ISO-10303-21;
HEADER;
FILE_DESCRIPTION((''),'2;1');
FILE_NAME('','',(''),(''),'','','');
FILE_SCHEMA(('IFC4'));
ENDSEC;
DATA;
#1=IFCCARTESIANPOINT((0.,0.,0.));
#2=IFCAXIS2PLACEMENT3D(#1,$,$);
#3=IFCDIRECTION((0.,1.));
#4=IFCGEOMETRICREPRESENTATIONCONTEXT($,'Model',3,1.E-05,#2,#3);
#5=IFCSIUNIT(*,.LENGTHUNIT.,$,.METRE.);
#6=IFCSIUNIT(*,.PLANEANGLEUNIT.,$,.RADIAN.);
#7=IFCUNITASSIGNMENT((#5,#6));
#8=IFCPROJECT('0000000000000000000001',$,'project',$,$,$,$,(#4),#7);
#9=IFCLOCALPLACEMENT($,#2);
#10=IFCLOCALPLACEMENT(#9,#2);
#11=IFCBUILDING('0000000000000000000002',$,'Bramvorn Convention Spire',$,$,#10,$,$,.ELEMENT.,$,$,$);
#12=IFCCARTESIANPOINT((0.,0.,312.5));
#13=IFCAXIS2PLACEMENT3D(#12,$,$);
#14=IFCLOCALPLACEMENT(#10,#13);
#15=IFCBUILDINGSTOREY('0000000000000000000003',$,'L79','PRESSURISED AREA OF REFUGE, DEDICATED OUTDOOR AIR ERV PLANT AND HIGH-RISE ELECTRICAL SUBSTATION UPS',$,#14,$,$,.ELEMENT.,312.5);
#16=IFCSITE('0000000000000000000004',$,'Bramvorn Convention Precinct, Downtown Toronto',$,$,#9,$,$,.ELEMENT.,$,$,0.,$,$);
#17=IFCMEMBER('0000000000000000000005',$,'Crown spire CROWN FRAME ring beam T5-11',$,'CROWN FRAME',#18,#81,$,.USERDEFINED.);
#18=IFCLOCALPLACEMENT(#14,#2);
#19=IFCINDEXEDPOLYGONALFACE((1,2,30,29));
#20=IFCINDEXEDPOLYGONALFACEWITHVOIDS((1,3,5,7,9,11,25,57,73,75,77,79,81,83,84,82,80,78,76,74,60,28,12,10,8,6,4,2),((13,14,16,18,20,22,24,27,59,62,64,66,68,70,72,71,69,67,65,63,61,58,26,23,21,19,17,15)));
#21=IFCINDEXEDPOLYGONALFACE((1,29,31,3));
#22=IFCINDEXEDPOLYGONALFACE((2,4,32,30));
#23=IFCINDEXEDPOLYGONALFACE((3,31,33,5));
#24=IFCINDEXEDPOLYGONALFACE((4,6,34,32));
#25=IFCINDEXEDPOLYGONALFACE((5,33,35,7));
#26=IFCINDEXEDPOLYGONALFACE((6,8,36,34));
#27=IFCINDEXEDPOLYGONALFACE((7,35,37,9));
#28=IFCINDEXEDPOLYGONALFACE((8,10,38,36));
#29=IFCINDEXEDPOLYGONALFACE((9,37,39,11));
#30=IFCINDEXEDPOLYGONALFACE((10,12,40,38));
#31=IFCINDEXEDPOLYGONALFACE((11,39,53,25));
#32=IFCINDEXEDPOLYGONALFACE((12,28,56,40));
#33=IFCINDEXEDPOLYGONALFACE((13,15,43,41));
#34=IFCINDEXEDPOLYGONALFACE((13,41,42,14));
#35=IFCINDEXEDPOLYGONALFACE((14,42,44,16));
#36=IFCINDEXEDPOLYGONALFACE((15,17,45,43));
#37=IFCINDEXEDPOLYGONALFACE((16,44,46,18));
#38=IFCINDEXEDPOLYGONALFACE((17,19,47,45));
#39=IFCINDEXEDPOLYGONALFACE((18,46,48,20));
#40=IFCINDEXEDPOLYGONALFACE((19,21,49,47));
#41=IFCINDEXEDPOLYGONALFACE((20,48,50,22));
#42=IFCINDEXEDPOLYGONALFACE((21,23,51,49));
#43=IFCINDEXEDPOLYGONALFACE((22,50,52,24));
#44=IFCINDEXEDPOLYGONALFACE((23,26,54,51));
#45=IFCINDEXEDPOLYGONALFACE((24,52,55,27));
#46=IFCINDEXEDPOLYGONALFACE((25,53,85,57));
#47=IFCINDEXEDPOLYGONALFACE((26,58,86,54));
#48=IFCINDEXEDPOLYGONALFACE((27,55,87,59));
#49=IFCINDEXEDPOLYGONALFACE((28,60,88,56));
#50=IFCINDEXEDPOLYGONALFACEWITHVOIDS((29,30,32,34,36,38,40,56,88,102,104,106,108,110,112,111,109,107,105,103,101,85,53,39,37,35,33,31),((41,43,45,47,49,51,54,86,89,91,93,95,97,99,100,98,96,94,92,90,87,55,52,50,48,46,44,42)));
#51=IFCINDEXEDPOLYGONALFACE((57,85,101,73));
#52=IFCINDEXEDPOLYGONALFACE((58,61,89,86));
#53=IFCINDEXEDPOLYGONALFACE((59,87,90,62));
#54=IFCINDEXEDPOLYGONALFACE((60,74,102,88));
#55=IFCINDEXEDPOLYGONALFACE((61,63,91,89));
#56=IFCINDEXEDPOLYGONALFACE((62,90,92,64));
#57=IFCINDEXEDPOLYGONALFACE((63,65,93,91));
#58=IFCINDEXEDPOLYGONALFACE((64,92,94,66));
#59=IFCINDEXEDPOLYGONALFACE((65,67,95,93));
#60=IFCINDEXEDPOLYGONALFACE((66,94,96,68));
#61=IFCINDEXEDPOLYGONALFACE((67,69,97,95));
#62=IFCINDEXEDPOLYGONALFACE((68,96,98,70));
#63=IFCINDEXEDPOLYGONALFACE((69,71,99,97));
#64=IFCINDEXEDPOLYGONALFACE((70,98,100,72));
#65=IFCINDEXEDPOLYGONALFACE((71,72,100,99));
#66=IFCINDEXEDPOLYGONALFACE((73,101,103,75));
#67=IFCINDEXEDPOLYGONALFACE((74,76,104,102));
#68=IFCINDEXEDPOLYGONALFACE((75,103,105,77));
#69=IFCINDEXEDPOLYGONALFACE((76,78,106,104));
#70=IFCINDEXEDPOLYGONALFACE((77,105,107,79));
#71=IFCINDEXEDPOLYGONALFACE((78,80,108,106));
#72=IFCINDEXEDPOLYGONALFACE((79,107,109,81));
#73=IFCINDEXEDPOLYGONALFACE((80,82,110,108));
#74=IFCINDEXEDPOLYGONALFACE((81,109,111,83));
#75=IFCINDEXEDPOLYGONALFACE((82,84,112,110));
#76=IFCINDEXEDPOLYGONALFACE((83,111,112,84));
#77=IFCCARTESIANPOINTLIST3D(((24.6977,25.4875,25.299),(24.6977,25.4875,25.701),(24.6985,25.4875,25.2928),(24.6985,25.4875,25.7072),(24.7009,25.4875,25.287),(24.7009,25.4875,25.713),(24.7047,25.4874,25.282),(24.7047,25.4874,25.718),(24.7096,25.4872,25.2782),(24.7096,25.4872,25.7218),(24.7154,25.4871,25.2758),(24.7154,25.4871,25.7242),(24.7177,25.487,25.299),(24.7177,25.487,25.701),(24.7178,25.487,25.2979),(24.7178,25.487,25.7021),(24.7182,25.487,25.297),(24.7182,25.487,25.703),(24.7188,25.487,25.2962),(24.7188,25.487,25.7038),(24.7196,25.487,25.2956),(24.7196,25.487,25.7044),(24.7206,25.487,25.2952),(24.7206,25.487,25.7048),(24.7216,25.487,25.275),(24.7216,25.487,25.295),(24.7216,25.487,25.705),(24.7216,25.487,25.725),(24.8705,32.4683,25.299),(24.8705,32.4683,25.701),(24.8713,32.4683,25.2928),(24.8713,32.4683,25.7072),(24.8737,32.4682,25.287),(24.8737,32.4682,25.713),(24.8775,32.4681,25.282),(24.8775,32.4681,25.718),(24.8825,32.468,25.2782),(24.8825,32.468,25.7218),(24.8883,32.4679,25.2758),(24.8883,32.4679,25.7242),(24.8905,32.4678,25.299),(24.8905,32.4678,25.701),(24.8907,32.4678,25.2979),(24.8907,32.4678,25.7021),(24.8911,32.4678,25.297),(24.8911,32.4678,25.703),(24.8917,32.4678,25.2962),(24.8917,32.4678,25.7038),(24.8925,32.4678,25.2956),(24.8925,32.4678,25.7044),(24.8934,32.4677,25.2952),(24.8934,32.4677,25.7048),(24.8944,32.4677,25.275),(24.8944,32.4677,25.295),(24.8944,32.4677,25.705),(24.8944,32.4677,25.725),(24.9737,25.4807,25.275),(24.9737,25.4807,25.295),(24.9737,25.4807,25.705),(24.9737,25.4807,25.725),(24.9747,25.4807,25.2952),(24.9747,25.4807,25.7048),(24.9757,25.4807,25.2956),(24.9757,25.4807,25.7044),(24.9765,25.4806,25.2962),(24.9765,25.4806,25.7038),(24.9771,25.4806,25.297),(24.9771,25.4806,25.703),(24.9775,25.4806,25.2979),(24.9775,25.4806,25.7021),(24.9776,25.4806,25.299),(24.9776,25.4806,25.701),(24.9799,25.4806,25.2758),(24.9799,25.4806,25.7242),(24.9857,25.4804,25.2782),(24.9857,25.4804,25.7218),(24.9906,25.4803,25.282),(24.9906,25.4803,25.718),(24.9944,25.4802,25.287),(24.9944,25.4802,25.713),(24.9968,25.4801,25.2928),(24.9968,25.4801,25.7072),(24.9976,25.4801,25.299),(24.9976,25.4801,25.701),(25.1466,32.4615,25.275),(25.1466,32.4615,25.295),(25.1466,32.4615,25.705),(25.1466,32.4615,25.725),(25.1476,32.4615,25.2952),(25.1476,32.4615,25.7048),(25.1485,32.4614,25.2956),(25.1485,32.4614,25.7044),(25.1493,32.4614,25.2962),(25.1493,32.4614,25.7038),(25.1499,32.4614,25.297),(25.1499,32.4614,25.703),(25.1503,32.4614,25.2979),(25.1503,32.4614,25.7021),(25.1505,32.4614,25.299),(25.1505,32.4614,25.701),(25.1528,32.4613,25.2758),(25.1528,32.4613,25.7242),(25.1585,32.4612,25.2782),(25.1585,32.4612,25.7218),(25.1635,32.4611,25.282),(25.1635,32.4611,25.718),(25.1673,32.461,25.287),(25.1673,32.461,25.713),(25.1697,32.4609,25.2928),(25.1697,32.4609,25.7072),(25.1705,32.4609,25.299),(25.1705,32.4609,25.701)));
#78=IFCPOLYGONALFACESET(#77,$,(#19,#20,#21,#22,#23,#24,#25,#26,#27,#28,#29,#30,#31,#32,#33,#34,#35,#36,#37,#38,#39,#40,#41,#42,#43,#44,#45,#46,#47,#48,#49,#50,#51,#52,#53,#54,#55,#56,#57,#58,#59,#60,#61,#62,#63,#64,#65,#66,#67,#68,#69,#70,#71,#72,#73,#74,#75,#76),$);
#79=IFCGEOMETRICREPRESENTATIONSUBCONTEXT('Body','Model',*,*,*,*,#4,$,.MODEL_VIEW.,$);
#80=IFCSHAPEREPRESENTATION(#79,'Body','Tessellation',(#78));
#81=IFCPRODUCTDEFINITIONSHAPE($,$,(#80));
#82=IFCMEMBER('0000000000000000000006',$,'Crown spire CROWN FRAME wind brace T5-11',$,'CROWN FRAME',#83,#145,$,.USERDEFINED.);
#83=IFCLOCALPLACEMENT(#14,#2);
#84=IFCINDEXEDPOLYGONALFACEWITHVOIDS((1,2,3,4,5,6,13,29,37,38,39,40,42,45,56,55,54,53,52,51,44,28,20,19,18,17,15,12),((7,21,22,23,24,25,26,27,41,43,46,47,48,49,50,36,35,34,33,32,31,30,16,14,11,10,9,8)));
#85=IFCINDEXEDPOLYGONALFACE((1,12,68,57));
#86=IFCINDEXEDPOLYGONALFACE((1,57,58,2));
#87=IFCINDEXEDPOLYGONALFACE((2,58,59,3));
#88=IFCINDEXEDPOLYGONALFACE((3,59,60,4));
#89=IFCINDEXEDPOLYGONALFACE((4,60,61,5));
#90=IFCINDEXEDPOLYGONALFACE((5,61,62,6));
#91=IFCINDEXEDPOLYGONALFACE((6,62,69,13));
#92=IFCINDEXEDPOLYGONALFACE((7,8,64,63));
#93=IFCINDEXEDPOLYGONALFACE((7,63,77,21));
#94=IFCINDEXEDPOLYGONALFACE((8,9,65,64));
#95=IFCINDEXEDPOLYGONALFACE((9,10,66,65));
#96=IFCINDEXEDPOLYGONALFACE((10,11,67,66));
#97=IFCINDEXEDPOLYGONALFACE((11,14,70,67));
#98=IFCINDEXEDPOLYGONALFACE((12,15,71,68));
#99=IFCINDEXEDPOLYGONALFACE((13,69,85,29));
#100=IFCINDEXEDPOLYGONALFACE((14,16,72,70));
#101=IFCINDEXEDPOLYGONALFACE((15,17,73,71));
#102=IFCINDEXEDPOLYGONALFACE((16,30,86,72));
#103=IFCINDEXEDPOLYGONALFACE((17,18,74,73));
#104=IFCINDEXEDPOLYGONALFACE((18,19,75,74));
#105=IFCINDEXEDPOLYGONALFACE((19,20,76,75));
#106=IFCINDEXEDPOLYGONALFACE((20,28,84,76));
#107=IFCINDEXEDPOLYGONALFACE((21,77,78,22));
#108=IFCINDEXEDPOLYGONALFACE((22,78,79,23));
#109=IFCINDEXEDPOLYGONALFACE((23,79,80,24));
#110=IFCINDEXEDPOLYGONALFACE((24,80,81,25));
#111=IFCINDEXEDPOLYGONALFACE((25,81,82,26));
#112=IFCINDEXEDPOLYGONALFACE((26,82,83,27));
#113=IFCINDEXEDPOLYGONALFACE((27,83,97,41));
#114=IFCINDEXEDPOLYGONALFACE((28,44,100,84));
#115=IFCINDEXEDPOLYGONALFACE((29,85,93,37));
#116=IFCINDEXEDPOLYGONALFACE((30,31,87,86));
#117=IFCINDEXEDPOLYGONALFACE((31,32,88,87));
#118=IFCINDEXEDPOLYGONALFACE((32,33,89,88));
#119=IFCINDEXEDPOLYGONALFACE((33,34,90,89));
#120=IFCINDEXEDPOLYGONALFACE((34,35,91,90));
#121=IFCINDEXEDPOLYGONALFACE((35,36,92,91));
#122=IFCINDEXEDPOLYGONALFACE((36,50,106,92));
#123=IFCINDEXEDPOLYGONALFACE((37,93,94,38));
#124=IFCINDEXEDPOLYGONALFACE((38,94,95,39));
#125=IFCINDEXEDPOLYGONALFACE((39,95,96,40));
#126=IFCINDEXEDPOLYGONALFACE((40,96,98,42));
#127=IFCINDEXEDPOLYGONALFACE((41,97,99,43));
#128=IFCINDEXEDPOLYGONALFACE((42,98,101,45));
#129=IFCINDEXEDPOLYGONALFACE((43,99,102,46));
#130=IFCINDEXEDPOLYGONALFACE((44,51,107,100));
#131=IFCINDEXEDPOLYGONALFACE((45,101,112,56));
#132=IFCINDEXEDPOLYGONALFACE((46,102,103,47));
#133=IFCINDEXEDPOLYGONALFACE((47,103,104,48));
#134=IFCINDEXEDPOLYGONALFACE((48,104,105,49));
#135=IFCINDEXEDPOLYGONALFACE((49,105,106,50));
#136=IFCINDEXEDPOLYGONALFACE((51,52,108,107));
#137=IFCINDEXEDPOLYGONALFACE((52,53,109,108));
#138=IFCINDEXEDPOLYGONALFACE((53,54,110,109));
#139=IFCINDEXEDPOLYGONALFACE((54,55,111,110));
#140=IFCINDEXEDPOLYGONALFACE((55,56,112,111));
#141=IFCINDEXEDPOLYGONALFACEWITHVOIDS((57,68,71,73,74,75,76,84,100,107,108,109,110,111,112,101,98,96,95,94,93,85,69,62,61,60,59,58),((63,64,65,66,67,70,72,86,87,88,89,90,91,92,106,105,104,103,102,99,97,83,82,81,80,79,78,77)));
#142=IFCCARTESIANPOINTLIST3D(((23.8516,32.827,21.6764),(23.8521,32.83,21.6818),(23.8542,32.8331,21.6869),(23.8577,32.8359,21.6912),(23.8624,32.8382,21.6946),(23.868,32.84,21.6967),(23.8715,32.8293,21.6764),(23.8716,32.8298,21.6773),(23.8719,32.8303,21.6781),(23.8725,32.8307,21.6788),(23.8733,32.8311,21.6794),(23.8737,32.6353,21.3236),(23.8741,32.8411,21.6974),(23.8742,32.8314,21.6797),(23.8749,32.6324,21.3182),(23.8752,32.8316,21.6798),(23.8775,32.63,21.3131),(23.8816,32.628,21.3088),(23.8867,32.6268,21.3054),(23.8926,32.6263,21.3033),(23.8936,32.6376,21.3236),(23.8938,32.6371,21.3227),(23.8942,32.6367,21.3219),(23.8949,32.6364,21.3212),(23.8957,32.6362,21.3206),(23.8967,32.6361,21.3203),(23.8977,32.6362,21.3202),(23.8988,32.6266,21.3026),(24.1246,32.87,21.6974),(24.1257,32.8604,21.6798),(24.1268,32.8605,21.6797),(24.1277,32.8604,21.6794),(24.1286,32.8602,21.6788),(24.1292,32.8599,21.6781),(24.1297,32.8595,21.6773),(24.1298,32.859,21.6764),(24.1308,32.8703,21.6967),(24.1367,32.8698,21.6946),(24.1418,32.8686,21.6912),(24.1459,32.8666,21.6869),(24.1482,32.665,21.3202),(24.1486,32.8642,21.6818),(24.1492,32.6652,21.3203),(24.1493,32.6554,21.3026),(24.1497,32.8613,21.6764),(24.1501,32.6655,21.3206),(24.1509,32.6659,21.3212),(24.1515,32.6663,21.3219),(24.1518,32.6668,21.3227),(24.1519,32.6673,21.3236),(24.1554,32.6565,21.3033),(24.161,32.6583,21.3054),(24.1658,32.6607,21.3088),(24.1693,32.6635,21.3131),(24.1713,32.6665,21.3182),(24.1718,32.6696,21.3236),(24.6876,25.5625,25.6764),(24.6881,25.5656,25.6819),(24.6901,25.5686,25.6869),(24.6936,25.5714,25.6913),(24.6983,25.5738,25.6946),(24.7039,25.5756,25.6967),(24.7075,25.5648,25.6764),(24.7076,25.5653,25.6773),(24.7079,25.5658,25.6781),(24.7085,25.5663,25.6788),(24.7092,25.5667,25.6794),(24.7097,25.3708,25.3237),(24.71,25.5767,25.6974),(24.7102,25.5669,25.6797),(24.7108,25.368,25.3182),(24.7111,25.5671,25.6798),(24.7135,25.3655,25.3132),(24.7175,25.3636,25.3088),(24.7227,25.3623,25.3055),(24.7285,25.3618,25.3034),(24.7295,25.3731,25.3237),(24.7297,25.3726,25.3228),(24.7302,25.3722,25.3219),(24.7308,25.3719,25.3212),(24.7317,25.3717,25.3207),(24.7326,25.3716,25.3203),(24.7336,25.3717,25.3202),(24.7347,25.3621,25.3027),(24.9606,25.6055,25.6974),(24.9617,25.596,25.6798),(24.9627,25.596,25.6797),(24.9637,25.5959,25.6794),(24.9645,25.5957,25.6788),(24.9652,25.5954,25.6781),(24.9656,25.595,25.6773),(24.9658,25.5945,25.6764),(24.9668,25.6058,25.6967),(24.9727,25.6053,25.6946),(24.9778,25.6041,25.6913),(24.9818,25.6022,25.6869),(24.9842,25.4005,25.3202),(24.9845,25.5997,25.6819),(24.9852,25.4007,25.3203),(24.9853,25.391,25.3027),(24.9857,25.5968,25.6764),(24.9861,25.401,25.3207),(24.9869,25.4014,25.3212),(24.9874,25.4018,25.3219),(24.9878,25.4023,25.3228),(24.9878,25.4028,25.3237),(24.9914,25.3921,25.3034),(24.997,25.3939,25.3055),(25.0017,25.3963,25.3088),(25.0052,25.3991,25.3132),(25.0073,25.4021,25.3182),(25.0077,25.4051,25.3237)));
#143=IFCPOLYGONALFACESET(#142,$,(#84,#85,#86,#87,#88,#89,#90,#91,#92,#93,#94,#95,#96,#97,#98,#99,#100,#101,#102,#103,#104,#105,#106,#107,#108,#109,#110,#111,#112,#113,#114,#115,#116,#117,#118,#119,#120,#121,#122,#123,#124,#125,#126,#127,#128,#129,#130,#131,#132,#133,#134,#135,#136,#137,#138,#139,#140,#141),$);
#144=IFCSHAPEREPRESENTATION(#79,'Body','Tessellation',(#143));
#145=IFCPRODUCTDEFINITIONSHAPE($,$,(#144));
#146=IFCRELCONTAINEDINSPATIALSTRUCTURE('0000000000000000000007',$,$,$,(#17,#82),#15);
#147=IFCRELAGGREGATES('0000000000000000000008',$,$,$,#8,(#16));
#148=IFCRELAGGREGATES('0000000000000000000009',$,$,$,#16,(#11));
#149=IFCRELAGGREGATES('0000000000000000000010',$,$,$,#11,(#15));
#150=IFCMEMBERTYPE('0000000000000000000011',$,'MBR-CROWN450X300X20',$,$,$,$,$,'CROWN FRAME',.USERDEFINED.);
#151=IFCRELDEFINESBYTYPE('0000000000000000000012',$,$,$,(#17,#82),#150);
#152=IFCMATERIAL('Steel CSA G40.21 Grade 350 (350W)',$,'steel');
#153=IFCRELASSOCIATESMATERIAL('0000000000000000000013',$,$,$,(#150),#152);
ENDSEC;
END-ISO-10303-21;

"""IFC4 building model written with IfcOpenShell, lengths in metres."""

from ifc_helpers import new_model, si_unit, direction, frame, origin, origin_2d, place, context, subcontext, project, spatial, hollow_rectangle, extrude, material, material_profile, profile_set, type_object, element, save


model = new_model("IFC4")

# Units and contexts
model_context = context("Model", 3, precision=1e-05, world=origin(), true_north=direction((0.0, 1.0)))
body_context = subcontext(model_context, "Body", "Model", "MODEL_VIEW")
ifc_project = project(units=[si_unit("LENGTHUNIT", "METRE"), si_unit("PLANEANGLEUNIT", "RADIAN")], contexts=[model_context])

# Site, building, storey
site_placement = place(None, origin())
site = spatial("IfcSite", under=ifc_project, at=site_placement, Name="Bramvorn Convention Precinct, Downtown Toronto", CompositionType="ELEMENT", RefElevation=0.0)
building_placement = place(site_placement, origin())
building = spatial("IfcBuilding", under=site, at=building_placement, Name="Bramvorn Convention Spire", CompositionType="ELEMENT")
storey_placement = place(building_placement, frame((0.0, 0.0, 312.5)))
storey = spatial("IfcBuildingStorey", under=building, at=storey_placement, Name="L79", Description="PRESSURISED AREA OF REFUGE, DEDICATED OUTDOOR AIR ERV PLANT AND HIGH-RISE ELECTRICAL SUBSTATION UPS", CompositionType="ELEMENT", Elevation=312.5)

# Members
ifc_material_1 = material(Name="Steel CSA G40.21 Grade 350 (350W)", Category="steel")
ifc_material_profile = material_profile(ifc_material_1, hollow_rectangle(XDim=0.3, YDim=0.45, WallThickness=0.02, InnerFilletRadius=0.0039, OuterFilletRadius=0.0239, at=origin_2d()))
ifc_profile_set = profile_set([ifc_material_profile], Name="Steel CSA G40.21 Grade 350 (350W) - CROWN450X300X20")
member_type = type_object("IfcMemberType", Name="MBR-CROWN450X300X20", ElementType="CROWN FRAME", PredefinedType="USERDEFINED", material=ifc_profile_set)
member_1_placement = place(storey_placement, frame((25.0205, 32.4646, 25.5), z_axis=(-0.024754, -0.999694, 0.0), x_axis=(0.999694, -0.024754, 0.0)))
element("IfcMember", 1, at=member_1_placement, inside=storey, type_object=member_type, Name="Crown spire CROWN FRAME ring beam T5-11", ObjectType="CROWN FRAME", PredefinedType="USERDEFINED", context=body_context, shape_type="SweptSolid", body=[
    extrude(hollow_rectangle(XDim=0.3, YDim=0.45, WallThickness=0.02, InnerFilletRadius=0.0039, OuterFilletRadius=0.0239, at=origin_2d()), origin(), (0.0, 0.0, 1.0), 6.9829),
])
member_2_placement = place(storey_placement, frame((24.0117, 32.7483, 21.5), z_axis=(0.100294, -0.871566, 0.47991), x_axis=(0.993444, 0.114319, 0.0)))
element("IfcMember", 2, at=member_2_placement, inside=storey, type_object=member_type, Name="Crown spire CROWN FRAME wind brace T5-11", ObjectType="CROWN FRAME", PredefinedType="USERDEFINED", context=body_context, shape_type="SweptSolid", body=[
    extrude(hollow_rectangle(XDim=0.3, YDim=0.45, WallThickness=0.02, InnerFilletRadius=0.0039, OuterFilletRadius=0.0239, at=origin_2d()), origin(), (0.0, 0.0, 1.0), 8.335),
])

save(model, "model.ifc")
